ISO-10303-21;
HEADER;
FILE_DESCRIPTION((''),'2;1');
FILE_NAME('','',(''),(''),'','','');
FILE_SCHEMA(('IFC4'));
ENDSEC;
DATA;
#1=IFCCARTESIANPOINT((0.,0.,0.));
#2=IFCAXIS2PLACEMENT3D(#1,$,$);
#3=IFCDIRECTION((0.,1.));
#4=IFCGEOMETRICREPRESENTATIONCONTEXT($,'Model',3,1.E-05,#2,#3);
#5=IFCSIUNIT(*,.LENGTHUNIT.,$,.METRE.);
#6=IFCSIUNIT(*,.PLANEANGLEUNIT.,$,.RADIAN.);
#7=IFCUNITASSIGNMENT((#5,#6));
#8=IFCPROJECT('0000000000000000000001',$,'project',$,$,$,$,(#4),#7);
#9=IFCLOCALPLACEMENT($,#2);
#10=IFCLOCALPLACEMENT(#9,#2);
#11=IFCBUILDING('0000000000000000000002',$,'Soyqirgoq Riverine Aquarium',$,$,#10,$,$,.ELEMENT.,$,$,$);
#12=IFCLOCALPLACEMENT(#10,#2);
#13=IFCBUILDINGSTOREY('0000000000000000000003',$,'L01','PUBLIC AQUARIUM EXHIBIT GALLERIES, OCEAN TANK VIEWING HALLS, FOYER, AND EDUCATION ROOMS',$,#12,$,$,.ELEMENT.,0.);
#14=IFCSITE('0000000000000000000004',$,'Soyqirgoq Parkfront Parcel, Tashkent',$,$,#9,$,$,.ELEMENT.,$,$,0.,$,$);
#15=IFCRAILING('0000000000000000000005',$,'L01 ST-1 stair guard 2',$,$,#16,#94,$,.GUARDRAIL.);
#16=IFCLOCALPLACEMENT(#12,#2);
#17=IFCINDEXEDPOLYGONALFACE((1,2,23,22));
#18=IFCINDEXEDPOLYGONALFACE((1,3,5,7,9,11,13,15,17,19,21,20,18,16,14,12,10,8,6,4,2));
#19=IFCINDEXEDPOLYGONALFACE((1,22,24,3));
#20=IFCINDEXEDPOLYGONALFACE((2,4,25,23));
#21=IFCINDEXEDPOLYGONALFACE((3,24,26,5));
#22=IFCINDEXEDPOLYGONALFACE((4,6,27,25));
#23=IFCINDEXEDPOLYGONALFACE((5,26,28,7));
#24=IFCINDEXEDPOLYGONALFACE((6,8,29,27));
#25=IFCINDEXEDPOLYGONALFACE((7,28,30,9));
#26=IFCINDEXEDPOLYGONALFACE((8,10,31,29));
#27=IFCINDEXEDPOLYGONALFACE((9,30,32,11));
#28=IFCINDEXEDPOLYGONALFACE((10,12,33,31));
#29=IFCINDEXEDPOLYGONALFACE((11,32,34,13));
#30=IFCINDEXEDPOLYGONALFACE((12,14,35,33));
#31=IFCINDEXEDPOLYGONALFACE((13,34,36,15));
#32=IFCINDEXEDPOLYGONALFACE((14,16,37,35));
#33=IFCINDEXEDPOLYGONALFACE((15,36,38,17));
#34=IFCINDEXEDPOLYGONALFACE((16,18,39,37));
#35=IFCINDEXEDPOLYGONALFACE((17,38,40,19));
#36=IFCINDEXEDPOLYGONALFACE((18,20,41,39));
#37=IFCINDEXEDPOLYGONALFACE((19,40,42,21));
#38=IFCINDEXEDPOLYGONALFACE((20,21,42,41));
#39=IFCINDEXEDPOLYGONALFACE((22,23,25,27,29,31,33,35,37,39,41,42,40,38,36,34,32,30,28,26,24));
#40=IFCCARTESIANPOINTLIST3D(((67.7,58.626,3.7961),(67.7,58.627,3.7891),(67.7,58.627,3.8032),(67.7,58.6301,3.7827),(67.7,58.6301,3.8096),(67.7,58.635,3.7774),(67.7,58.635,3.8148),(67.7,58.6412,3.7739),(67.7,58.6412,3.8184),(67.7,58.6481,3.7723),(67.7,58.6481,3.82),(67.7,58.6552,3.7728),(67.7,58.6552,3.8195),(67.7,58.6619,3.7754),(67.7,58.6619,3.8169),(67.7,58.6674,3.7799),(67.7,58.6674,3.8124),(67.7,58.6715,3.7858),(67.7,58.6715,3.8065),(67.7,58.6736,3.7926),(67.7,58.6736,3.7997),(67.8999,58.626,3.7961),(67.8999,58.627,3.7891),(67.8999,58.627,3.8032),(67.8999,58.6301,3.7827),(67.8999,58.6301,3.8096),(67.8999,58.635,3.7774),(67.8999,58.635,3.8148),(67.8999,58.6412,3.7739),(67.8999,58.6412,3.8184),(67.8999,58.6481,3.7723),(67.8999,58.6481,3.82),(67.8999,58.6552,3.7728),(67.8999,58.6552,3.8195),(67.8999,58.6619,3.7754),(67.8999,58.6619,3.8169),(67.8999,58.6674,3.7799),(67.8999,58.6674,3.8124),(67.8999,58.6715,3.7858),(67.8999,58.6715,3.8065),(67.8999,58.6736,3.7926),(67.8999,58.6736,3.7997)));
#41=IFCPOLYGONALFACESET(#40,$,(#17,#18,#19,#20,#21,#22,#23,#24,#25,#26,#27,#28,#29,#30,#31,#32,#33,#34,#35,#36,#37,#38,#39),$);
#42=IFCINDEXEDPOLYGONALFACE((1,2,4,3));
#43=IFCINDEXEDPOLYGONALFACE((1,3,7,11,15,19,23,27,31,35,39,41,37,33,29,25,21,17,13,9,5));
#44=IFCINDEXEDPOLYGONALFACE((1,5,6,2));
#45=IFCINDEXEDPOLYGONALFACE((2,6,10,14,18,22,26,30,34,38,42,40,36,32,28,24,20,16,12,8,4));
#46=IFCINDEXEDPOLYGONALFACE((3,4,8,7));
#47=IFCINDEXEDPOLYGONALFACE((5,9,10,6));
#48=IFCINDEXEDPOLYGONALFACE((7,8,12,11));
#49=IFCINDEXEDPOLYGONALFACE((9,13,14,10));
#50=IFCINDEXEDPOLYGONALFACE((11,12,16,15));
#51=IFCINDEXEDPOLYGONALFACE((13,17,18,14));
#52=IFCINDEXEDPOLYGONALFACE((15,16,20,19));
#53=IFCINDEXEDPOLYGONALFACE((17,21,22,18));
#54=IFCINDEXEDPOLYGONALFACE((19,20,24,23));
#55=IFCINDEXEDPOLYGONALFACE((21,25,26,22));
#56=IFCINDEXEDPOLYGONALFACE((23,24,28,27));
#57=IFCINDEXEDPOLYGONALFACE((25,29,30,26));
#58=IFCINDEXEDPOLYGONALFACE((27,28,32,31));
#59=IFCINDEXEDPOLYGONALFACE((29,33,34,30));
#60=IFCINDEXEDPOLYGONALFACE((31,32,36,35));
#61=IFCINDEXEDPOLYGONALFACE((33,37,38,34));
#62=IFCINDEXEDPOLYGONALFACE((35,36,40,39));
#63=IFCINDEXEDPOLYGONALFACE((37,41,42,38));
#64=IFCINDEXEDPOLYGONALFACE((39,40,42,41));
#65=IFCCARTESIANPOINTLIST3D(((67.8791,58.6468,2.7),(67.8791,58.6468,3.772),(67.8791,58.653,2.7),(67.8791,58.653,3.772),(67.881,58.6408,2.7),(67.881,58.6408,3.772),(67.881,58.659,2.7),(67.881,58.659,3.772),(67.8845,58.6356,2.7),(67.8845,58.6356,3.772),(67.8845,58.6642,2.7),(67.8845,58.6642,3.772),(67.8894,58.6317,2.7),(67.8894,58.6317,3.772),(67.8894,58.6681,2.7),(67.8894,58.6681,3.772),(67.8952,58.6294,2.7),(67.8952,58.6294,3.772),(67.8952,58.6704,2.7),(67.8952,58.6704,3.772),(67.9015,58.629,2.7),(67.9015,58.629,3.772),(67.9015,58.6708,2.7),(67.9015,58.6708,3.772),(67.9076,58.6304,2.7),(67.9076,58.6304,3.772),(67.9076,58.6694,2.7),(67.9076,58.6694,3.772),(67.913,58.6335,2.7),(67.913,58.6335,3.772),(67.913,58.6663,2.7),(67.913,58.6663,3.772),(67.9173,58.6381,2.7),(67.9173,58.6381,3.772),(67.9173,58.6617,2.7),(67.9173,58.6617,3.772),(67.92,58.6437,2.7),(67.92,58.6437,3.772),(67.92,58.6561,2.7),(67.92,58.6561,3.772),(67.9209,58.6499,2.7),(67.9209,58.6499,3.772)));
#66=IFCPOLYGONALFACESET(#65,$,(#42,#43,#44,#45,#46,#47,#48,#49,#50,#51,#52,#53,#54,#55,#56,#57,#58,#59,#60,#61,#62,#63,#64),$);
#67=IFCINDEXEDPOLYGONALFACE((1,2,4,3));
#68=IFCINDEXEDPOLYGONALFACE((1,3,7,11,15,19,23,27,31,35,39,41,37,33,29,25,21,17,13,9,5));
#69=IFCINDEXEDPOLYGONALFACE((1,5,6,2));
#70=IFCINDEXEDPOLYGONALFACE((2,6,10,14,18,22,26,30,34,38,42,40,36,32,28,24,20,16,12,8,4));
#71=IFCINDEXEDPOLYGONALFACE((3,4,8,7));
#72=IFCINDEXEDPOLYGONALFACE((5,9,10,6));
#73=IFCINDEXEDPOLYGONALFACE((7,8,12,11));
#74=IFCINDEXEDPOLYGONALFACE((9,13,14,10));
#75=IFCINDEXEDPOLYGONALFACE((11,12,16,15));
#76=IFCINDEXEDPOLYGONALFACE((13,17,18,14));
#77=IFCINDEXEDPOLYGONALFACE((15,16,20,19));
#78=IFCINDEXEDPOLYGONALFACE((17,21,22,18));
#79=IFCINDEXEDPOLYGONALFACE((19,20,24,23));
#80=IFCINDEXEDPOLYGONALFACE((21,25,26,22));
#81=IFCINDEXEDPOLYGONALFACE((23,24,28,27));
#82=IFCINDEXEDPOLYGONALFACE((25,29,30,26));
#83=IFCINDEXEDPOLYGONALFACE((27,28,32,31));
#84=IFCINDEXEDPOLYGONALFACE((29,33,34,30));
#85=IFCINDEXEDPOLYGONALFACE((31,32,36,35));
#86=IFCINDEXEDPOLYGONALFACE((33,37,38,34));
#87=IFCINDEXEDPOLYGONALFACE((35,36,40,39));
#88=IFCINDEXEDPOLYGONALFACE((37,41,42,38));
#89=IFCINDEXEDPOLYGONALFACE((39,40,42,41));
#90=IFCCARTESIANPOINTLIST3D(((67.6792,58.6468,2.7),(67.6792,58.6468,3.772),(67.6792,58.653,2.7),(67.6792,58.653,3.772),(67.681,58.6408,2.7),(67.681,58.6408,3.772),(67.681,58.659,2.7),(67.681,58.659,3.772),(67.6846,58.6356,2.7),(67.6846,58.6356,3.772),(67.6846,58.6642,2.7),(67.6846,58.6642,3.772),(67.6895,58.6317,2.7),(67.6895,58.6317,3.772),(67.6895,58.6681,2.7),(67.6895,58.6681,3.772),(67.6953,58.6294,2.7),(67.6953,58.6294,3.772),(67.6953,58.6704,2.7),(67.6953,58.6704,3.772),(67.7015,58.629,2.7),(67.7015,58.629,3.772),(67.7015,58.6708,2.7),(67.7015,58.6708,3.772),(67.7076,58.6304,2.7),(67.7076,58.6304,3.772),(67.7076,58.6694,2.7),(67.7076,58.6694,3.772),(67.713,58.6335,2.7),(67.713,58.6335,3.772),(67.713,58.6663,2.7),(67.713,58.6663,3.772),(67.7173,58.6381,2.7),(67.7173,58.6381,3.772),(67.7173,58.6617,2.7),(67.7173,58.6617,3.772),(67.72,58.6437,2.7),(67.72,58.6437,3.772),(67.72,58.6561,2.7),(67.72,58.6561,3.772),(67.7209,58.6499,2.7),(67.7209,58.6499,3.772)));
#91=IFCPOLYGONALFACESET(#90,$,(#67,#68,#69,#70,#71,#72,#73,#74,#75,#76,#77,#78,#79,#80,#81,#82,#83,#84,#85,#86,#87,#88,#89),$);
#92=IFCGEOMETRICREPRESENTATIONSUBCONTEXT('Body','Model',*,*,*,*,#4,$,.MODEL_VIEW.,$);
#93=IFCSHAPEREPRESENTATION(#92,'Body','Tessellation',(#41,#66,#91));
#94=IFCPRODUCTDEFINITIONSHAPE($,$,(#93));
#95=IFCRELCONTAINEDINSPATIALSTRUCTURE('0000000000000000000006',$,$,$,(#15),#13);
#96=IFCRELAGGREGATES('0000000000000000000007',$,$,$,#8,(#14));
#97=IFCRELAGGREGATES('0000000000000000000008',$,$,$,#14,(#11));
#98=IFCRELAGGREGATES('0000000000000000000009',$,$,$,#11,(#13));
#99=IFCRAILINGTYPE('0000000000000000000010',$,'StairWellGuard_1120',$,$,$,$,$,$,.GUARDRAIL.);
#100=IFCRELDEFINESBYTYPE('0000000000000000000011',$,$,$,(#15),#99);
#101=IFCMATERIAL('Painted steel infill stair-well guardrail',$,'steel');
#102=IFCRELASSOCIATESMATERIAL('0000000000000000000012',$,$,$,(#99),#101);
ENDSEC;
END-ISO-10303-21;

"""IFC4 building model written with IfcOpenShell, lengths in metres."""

from ifc_helpers import new_model, si_unit, direction, frame, origin, origin_2d, place, context, subcontext, project, spatial, circle, extrude, material, type_object, element, save


model = new_model("IFC4")

# Units and contexts
model_context = context("Model", 3, precision=1e-05, world=origin(), true_north=direction((0.0, 1.0)))
body_context = subcontext(model_context, "Body", "Model", "MODEL_VIEW")
ifc_project = project(units=[si_unit("LENGTHUNIT", "METRE"), si_unit("PLANEANGLEUNIT", "RADIAN")], contexts=[model_context])

# Site, building, storey
site_placement = place(None, origin())
site = spatial("IfcSite", under=ifc_project, at=site_placement, Name="Soyqirgoq Parkfront Parcel, Tashkent", CompositionType="ELEMENT", RefElevation=0.0)
building_placement = place(site_placement, origin())
building = spatial("IfcBuilding", under=site, at=building_placement, Name="Soyqirgoq Riverine Aquarium", CompositionType="ELEMENT")
storey_placement = place(building_placement, origin())
storey = spatial("IfcBuildingStorey", under=building, at=storey_placement, Name="L01", Description="PUBLIC AQUARIUM EXHIBIT GALLERIES, OCEAN TANK VIEWING HALLS, FOYER, AND EDUCATION ROOMS", CompositionType="ELEMENT", Elevation=0.0)

# Railing
ifc_material_1 = material(Name="Painted steel infill stair-well guardrail", Category="steel")
railing_type_1 = type_object("IfcRailingType", Name="StairWellGuard_1120", PredefinedType="GUARDRAIL", material=ifc_material_1)
railing_1_placement = place(storey_placement, frame((67.8999, 58.6499, 2.7)))
element("IfcRailing", 1, at=railing_1_placement, inside=storey, type_object=railing_type_1, Name="L01 ST-1 stair guard 2", PredefinedType="GUARDRAIL", context=body_context, shape_type="SweptSolid", body=[
    extrude(circle(Radius=0.0239, at=origin_2d()), frame((0.0, 0.0, 1.0962), z_axis=(-1.0, 0.0, 0.0), x_axis=(0.0, -1.0, 0.0)), (0.0, 0.0, 1.0), 0.2),
    extrude(circle(Radius=0.021, at=origin_2d()), origin(), (0.0, 0.0, 1.0), 1.072),
    extrude(circle(Radius=0.021, at=origin_2d()), frame((-0.2, 0.0, 0.0)), (0.0, 0.0, 1.0), 1.072),
])

save(model, "model.ifc")
